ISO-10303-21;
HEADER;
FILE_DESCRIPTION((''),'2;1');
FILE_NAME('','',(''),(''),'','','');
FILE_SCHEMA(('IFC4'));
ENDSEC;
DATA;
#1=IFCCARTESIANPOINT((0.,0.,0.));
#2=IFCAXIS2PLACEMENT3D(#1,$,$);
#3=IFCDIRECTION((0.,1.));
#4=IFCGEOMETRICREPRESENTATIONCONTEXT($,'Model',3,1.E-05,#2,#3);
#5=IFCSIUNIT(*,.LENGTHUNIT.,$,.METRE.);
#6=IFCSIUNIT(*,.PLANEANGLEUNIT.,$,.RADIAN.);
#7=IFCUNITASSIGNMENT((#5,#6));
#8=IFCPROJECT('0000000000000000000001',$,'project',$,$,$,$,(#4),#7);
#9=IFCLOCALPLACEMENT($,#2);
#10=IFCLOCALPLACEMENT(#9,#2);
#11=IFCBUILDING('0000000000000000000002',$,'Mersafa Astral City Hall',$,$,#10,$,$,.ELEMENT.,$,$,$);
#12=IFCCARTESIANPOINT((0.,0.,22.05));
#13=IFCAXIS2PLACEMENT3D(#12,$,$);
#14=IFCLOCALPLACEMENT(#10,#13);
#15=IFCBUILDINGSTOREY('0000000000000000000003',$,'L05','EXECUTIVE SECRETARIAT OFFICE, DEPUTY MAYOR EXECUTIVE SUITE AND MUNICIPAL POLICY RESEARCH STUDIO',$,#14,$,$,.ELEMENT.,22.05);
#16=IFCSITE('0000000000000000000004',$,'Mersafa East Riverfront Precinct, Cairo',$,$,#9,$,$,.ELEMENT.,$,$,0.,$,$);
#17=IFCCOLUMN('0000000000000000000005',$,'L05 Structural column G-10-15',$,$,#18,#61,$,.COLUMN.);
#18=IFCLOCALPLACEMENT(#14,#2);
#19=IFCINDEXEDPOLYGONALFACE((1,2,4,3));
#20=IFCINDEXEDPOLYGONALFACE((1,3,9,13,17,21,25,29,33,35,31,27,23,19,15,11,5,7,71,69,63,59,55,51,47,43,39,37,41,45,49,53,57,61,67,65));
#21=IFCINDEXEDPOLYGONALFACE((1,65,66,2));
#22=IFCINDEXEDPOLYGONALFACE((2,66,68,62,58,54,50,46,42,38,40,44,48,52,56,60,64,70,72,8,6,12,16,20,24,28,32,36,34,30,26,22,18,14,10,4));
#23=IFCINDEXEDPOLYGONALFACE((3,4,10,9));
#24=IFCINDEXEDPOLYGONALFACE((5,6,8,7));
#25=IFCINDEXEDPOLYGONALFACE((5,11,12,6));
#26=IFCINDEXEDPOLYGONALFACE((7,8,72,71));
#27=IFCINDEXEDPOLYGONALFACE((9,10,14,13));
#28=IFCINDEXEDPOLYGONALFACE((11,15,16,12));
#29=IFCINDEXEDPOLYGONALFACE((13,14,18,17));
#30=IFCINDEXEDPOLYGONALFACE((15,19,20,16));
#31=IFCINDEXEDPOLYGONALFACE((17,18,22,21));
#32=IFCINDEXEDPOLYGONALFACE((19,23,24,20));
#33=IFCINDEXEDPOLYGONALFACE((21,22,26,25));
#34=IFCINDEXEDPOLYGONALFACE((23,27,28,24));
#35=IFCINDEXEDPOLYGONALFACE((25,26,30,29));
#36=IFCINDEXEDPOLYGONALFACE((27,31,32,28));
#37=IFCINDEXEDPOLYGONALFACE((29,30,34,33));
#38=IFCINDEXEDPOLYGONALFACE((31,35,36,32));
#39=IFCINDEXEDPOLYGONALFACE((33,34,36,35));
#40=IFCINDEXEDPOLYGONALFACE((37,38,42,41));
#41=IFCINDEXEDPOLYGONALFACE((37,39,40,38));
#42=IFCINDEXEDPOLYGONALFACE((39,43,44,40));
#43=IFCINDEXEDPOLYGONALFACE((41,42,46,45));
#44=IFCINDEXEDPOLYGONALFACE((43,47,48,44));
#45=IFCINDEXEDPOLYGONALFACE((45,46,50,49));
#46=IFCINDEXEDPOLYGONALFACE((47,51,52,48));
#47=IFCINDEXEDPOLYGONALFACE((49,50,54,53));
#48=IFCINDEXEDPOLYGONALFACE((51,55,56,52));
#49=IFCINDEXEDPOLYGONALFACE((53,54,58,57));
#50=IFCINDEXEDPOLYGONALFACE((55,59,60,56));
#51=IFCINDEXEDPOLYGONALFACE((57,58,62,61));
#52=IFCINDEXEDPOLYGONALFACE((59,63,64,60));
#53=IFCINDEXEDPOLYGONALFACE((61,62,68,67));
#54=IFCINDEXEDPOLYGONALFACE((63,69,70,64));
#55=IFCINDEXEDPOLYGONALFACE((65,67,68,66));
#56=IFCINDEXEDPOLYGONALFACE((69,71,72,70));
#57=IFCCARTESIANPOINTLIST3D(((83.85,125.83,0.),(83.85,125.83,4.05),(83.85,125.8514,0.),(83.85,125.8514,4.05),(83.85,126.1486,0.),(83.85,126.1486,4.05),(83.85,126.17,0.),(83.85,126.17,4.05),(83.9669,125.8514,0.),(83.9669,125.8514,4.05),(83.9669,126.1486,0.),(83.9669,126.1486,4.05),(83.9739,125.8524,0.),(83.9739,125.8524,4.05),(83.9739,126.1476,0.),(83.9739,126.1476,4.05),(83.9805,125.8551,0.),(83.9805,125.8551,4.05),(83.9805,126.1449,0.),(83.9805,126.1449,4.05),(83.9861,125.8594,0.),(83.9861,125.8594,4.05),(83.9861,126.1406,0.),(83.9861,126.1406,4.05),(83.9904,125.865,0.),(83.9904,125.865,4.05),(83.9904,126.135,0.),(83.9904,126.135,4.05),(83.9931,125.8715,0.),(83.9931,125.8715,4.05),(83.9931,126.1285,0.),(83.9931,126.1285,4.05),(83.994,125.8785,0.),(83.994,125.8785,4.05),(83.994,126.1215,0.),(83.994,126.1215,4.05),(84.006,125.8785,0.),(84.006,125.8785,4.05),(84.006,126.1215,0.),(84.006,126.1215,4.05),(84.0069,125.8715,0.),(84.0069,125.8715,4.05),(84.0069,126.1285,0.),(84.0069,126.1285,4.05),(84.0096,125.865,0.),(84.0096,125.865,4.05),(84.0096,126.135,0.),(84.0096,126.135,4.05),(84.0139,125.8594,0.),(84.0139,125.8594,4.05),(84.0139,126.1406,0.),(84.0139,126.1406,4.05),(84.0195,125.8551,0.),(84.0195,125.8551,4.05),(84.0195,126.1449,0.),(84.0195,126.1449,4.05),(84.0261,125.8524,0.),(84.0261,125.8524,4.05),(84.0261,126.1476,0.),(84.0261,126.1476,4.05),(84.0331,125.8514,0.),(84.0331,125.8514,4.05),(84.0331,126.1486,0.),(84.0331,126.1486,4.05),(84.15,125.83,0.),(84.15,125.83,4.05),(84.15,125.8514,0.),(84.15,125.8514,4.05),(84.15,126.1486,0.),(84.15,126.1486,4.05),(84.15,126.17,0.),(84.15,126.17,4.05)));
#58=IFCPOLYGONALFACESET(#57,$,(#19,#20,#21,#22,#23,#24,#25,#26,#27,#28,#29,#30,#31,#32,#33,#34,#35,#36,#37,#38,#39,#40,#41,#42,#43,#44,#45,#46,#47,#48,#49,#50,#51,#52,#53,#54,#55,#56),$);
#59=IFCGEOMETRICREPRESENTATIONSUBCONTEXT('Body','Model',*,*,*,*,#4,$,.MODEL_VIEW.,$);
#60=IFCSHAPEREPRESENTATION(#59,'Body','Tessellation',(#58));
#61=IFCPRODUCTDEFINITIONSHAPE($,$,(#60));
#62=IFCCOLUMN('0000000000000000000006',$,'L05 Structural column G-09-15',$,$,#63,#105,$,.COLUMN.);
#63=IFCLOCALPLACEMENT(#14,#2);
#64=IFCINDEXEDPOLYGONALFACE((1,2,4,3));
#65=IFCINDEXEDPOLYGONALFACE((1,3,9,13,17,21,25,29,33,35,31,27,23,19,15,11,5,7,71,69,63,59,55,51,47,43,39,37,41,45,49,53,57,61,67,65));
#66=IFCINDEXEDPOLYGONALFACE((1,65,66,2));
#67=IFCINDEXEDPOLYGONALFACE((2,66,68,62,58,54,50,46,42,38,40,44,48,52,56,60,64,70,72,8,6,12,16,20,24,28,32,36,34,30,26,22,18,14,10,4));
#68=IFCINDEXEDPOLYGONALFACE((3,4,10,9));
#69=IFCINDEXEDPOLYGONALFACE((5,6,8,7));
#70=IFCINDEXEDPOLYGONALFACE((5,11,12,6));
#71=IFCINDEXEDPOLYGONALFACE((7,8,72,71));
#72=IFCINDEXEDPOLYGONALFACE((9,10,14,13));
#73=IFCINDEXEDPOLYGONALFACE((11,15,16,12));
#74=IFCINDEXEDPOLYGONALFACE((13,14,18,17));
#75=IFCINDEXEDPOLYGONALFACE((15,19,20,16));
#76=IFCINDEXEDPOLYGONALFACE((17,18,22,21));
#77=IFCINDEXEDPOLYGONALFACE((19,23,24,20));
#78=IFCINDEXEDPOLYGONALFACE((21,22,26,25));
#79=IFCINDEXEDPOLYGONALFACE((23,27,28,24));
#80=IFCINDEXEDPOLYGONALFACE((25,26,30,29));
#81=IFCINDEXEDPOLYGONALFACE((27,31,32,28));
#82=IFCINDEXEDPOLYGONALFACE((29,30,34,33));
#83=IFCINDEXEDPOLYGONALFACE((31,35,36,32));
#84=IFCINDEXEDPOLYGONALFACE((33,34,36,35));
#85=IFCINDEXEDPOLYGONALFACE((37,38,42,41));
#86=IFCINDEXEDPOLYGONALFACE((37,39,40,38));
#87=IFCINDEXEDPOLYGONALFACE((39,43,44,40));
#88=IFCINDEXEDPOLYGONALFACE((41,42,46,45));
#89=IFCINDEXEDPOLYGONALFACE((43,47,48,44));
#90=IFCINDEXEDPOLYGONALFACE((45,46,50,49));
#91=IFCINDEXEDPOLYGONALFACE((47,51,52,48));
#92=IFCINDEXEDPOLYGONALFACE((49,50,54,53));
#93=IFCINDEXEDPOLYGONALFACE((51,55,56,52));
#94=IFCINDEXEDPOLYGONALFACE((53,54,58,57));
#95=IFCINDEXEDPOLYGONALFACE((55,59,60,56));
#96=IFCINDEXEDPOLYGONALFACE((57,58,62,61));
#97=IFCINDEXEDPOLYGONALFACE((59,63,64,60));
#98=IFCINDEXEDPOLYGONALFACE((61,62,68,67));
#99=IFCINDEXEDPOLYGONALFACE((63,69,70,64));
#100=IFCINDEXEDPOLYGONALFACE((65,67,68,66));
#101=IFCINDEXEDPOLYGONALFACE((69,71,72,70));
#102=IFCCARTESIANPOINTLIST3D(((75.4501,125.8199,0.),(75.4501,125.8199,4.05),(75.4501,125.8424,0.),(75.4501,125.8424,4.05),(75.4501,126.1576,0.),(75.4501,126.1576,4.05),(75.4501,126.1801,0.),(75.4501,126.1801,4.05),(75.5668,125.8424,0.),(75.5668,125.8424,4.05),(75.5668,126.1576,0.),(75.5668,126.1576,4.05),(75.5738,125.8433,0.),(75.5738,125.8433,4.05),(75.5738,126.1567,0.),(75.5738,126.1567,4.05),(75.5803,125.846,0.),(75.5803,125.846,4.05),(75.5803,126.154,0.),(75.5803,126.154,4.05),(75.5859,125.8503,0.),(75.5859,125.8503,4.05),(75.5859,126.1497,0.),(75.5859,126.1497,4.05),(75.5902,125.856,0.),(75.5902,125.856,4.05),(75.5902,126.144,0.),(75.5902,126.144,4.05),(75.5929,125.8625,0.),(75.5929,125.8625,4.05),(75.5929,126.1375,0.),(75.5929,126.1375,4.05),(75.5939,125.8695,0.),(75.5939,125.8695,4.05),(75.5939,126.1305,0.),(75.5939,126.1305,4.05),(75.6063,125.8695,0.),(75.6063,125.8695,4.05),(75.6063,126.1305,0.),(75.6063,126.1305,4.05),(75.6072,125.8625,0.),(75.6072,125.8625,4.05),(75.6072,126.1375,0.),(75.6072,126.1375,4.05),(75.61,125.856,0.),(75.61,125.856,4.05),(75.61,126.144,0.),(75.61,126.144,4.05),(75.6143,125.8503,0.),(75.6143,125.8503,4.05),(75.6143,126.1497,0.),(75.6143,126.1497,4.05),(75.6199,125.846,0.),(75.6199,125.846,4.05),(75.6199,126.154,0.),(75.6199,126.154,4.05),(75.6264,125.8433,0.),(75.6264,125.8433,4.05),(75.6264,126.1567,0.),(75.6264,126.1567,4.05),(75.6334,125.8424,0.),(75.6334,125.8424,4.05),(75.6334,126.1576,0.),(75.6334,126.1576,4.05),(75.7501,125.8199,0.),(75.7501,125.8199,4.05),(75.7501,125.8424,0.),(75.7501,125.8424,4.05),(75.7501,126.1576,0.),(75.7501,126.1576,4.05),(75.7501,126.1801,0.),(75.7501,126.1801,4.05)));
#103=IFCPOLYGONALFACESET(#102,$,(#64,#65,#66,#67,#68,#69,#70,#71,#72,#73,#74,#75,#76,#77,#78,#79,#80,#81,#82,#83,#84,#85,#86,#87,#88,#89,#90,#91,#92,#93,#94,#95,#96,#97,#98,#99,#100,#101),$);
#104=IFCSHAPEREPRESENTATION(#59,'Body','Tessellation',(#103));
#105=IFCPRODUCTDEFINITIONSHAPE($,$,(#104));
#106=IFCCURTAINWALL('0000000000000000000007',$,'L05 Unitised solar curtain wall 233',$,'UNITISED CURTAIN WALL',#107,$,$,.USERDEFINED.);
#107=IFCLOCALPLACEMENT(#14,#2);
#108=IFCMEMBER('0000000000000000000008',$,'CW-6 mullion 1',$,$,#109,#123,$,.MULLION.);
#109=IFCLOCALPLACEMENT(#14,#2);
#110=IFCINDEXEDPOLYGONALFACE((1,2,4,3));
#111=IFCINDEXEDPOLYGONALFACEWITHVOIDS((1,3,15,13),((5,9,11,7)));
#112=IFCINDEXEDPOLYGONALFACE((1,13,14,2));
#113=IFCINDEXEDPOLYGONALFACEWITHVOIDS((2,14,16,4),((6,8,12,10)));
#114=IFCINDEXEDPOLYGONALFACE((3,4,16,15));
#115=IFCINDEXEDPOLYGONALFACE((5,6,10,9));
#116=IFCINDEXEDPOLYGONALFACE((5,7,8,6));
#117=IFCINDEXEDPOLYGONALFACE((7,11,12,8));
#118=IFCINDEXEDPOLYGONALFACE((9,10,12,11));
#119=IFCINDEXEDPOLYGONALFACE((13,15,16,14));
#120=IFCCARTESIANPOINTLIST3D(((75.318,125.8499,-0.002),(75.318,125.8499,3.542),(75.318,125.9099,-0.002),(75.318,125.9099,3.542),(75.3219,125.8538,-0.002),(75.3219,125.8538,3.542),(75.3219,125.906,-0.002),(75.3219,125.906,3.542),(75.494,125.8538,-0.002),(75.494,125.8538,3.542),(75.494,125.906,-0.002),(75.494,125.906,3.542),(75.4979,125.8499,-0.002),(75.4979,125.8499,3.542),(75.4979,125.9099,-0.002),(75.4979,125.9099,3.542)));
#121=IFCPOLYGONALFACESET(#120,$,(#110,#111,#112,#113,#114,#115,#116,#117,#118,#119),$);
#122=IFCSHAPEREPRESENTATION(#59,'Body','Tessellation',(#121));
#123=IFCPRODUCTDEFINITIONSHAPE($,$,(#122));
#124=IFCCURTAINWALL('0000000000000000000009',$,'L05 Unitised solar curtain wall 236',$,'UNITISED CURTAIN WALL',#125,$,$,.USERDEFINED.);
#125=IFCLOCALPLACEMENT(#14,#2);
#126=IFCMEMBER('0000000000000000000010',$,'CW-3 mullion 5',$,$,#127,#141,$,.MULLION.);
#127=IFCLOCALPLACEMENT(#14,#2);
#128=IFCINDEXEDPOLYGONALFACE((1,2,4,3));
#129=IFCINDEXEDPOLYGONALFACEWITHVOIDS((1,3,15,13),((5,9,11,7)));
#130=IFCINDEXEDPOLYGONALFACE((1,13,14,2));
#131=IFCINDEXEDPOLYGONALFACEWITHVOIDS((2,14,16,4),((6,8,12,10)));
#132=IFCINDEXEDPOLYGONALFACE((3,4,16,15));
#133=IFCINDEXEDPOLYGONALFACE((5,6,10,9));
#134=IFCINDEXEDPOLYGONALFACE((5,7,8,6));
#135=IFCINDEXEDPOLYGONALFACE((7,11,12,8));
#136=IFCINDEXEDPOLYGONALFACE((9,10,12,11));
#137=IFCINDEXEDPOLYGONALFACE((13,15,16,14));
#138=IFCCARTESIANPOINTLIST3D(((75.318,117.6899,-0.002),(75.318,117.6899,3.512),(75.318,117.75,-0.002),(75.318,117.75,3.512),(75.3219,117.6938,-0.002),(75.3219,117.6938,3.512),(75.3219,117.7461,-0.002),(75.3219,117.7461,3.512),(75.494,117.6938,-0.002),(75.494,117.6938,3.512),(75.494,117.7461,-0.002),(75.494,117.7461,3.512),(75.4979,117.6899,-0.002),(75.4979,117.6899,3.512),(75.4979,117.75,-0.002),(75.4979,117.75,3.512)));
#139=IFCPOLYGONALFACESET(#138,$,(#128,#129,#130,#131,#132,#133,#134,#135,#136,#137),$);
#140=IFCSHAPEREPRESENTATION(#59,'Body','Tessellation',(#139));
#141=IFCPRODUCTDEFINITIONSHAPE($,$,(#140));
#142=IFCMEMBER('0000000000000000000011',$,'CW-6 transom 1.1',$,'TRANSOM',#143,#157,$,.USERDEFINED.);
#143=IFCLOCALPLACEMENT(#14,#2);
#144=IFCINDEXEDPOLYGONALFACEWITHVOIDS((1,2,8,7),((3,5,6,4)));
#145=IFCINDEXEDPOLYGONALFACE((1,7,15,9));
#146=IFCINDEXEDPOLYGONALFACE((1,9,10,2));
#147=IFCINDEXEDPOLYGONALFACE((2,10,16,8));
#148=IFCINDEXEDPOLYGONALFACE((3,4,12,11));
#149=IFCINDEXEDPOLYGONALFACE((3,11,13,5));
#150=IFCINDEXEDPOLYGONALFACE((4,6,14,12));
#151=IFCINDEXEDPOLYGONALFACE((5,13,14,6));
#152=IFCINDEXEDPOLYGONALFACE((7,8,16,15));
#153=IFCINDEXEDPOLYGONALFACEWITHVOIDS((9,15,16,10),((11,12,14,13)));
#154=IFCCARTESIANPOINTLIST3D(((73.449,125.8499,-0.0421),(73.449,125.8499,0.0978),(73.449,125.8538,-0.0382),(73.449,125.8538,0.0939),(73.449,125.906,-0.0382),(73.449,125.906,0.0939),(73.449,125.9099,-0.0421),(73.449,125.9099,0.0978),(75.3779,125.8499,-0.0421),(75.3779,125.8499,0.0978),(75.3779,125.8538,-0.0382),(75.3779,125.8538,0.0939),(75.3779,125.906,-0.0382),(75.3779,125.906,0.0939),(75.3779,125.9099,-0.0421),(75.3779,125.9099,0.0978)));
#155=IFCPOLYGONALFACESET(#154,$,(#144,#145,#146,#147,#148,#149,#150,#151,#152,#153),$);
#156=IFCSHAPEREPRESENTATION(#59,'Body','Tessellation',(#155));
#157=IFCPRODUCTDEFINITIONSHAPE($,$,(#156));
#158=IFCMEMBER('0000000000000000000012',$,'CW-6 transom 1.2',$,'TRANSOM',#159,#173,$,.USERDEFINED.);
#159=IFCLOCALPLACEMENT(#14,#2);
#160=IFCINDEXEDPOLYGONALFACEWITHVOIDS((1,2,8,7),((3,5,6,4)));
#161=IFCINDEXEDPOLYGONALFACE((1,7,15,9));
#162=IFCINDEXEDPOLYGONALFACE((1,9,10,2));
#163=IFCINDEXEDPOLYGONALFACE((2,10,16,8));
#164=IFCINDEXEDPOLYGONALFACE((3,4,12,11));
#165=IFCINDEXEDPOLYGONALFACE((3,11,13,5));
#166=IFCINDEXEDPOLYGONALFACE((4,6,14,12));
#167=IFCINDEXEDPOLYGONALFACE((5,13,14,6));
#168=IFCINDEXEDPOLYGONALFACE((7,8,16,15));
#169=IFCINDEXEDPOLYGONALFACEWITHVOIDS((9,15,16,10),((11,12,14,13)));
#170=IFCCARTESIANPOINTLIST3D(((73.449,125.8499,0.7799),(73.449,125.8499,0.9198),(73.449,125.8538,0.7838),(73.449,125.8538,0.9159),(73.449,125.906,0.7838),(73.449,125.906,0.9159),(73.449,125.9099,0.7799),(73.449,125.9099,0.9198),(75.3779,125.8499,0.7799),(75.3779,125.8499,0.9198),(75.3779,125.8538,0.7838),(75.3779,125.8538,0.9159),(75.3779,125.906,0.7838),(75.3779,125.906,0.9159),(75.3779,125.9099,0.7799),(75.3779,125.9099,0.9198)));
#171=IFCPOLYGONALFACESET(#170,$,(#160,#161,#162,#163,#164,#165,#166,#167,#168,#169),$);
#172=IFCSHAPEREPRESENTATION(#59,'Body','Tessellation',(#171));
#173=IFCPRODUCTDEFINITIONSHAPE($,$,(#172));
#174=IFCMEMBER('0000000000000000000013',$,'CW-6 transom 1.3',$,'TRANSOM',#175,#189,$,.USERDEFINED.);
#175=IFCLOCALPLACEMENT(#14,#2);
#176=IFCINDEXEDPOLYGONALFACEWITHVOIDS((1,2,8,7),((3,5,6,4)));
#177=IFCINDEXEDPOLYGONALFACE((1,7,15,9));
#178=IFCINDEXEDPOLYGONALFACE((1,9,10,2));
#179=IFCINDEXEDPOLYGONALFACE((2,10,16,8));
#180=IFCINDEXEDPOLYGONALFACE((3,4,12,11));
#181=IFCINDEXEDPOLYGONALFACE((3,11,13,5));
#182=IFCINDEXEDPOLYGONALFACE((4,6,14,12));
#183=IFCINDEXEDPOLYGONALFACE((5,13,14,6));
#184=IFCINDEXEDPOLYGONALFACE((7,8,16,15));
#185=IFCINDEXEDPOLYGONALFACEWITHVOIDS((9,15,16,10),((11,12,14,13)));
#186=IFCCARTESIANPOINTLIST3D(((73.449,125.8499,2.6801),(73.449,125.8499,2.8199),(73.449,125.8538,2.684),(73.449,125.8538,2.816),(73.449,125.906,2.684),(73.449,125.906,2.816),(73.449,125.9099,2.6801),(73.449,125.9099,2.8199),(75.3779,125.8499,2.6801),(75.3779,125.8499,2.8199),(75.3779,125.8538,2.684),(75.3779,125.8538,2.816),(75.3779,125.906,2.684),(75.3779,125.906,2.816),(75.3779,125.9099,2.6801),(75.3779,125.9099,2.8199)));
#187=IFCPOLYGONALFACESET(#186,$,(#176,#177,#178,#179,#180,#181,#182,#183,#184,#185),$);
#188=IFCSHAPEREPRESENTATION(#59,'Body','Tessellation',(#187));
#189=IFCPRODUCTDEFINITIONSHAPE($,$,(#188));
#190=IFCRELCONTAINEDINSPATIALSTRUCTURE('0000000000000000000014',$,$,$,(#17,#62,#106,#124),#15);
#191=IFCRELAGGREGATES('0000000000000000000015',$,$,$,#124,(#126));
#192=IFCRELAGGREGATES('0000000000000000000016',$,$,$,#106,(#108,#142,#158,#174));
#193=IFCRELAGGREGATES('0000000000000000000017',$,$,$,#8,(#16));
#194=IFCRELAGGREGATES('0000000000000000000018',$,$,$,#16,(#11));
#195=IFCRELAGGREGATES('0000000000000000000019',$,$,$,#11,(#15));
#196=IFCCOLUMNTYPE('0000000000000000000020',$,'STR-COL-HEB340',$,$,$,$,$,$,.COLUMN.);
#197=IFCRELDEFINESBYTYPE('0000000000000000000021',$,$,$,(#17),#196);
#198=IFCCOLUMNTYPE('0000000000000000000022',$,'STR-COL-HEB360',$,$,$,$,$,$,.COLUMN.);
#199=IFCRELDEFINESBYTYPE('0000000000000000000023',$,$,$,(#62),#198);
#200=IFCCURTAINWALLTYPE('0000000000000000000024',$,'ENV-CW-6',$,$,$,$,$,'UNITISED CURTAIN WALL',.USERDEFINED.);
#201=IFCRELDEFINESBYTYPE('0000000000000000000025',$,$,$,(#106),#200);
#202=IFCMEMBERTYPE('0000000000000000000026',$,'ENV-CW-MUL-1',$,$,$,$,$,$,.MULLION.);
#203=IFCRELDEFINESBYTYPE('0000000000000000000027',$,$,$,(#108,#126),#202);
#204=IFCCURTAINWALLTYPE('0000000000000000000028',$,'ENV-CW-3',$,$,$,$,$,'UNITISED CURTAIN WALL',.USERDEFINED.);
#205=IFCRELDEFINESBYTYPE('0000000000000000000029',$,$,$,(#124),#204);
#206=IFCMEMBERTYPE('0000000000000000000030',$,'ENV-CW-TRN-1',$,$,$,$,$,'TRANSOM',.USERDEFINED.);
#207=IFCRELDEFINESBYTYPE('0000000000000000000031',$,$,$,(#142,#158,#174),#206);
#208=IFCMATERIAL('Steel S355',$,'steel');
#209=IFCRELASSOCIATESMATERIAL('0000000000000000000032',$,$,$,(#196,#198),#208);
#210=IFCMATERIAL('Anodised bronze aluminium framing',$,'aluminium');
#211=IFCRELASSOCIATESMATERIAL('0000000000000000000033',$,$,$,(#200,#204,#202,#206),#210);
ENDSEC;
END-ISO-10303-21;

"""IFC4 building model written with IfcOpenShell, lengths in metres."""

from ifc_helpers import new_model, si_unit, direction, frame, origin, origin_2d, place, context, subcontext, project, spatial, hollow_rectangle, i_section, extrude, material, material_profile, profile_set, type_object, element, aggregate, save


model = new_model("IFC4")

# Units and contexts
model_context = context("Model", 3, precision=1e-05, world=origin(), true_north=direction((0.0, 1.0)))
body_context = subcontext(model_context, "Body", "Model", "MODEL_VIEW")
ifc_project = project(units=[si_unit("LENGTHUNIT", "METRE"), si_unit("PLANEANGLEUNIT", "RADIAN")], contexts=[model_context])

# Site, building, storey
site_placement = place(None, origin())
site = spatial("IfcSite", under=ifc_project, at=site_placement, Name="Mersafa East Riverfront Precinct, Cairo", CompositionType="ELEMENT", RefElevation=0.0)
building_placement = place(site_placement, origin())
building = spatial("IfcBuilding", under=site, at=building_placement, Name="Mersafa Astral City Hall", CompositionType="ELEMENT")
storey_placement = place(building_placement, frame((0.0, 0.0, 22.05)))
storey = spatial("IfcBuildingStorey", under=building, at=storey_placement, Name="L05", Description="EXECUTIVE SECRETARIAT OFFICE, DEPUTY MAYOR EXECUTIVE SUITE AND MUNICIPAL POLICY RESEARCH STUDIO", CompositionType="ELEMENT", Elevation=22.05)

# Columns
ifc_material_1 = material(Name="Steel S355", Category="steel")
ifc_material_profile_1 = material_profile(ifc_material_1, i_section(OverallWidth=0.3, OverallDepth=0.3401, WebThickness=0.012, FlangeThickness=0.0215, FilletRadius=0.0271, at=origin_2d()), Name="HEB 340")
ifc_profile_set_1 = profile_set([ifc_material_profile_1], Name="Steel S355")
column_type_1 = type_object("IfcColumnType", Name="STR-COL-HEB340", PredefinedType="COLUMN", material=ifc_profile_set_1)
column_1_placement = place(storey_placement, frame((84.0, 126.0, 0.0), z_axis=(0.0, 0.0, 1.0), x_axis=(1.0, 0.0, 0.0)))
element("IfcColumn", 1, at=column_1_placement, inside=storey, type_object=column_type_1, Name="L05 Structural column G-10-15", PredefinedType="COLUMN", context=body_context, shape_type="SweptSolid", body=[
    extrude(i_section(OverallWidth=0.3, OverallDepth=0.3401, WebThickness=0.012, FlangeThickness=0.0215, FilletRadius=0.0271, at=origin_2d()), origin(), (0.0, 0.0, 1.0), 4.05),
])
ifc_material_profile_2 = material_profile(ifc_material_1, i_section(OverallWidth=0.3, OverallDepth=0.3601, WebThickness=0.0125, FlangeThickness=0.0225, FilletRadius=0.0271, at=origin_2d()), Name="HEB 360")
ifc_profile_set_2 = profile_set([ifc_material_profile_2], Name="Steel S355")
column_type_2 = type_object("IfcColumnType", Name="STR-COL-HEB360", PredefinedType="COLUMN", material=ifc_profile_set_2)
column_2_placement = place(storey_placement, frame((75.6001, 126.0, 0.0), z_axis=(0.0, 0.0, 1.0), x_axis=(1.0, 0.0, 0.0)))
element("IfcColumn", 2, at=column_2_placement, inside=storey, type_object=column_type_2, Name="L05 Structural column G-09-15", PredefinedType="COLUMN", context=body_context, shape_type="SweptSolid", body=[
    extrude(i_section(OverallWidth=0.3, OverallDepth=0.3601, WebThickness=0.0125, FlangeThickness=0.0225, FilletRadius=0.0271, at=origin_2d()), origin(), (0.0, 0.0, 1.0), 4.05),
])

# Curtain walls, members
ifc_material_2 = material(Name="Anodised bronze aluminium framing", Category="aluminium")
curtain_wall_type_1 = type_object("IfcCurtainWallType", Name="ENV-CW-6", ElementType="UNITISED CURTAIN WALL", PredefinedType="USERDEFINED", material=ifc_material_2)
curtain_wall_1_placement = place(storey_placement, origin())
curtain_wall_1 = element("IfcCurtainWall", 3, at=curtain_wall_1_placement, inside=storey, type_object=curtain_wall_type_1, Name="L05 Unitised solar curtain wall 233", ObjectType="UNITISED CURTAIN WALL", PredefinedType="USERDEFINED")
ifc_material_profile_3 = material_profile(ifc_material_2, hollow_rectangle(XDim=0.0601, YDim=0.1799, WallThickness=0.0039, at=origin_2d()), Name="RHS 60x180x4")
ifc_profile_set_3 = profile_set([ifc_material_profile_3], Name="Anodised bronze aluminium framing")
member_type_1 = type_object("IfcMemberType", Name="ENV-CW-MUL-1", PredefinedType="MULLION", material=ifc_profile_set_3)
member_1_placement = place(storey_placement, frame((75.408, 125.8799, -0.002), z_axis=(0.0, 0.0, 1.0), x_axis=(0.0, -1.0, 0.0)))
member_1 = element("IfcMember", 4, at=member_1_placement, type_object=member_type_1, Name="CW-6 mullion 1", PredefinedType="MULLION", context=body_context, shape_type="SweptSolid", body=[
    extrude(hollow_rectangle(XDim=0.0601, YDim=0.1799, WallThickness=0.0039, at=origin_2d()), origin(), (0.0, 0.0, 1.0), 3.5439),
])
curtain_wall_type_2 = type_object("IfcCurtainWallType", Name="ENV-CW-3", ElementType="UNITISED CURTAIN WALL", PredefinedType="USERDEFINED", material=ifc_material_2)
curtain_wall_2_placement = place(storey_placement, origin())
curtain_wall_2 = element("IfcCurtainWall", 5, at=curtain_wall_2_placement, inside=storey, type_object=curtain_wall_type_2, Name="L05 Unitised solar curtain wall 236", ObjectType="UNITISED CURTAIN WALL", PredefinedType="USERDEFINED")
member_2_placement = place(storey_placement, frame((75.408, 117.72, -0.002), z_axis=(0.0, 0.0, 1.0), x_axis=(0.0, 1.0, 0.0)))
member_2 = element("IfcMember", 6, at=member_2_placement, type_object=member_type_1, Name="CW-3 mullion 5", PredefinedType="MULLION", context=body_context, shape_type="SweptSolid", body=[
    extrude(hollow_rectangle(XDim=0.0601, YDim=0.1799, WallThickness=0.0039, at=origin_2d()), origin(), (0.0, 0.0, 1.0), 3.5139),
])

# Members
ifc_material_profile_4 = material_profile(ifc_material_2, hollow_rectangle(XDim=0.0601, YDim=0.1399, WallThickness=0.0039, at=origin_2d()), Name="RHS 60x140x4")
ifc_profile_set_4 = profile_set([ifc_material_profile_4], Name="Anodised bronze aluminium framing")
member_type_2 = type_object("IfcMemberType", Name="ENV-CW-TRN-1", ElementType="TRANSOM", PredefinedType="USERDEFINED", material=ifc_profile_set_4)
member_3_placement = place(storey_placement, frame((75.3779, 125.8799, 0.0278), z_axis=(-1.0, 0.0, 0.0), x_axis=(0.0, -1.0, 0.0)))
member_3 = element("IfcMember", 7, at=member_3_placement, type_object=member_type_2, Name="CW-6 transom 1.1", ObjectType="TRANSOM", PredefinedType="USERDEFINED", context=body_context, shape_type="SweptSolid", body=[
    extrude(hollow_rectangle(XDim=0.0601, YDim=0.1399, WallThickness=0.0039, at=origin_2d()), origin(), (0.0, 0.0, 1.0), 1.929),
])
member_4_placement = place(storey_placement, frame((75.3779, 125.8799, 0.8499), z_axis=(-1.0, 0.0, 0.0), x_axis=(0.0, -1.0, 0.0)))
member_4 = element("IfcMember", 8, at=member_4_placement, type_object=member_type_2, Name="CW-6 transom 1.2", ObjectType="TRANSOM", PredefinedType="USERDEFINED", context=body_context, shape_type="SweptSolid", body=[
    extrude(hollow_rectangle(XDim=0.0601, YDim=0.1399, WallThickness=0.0039, at=origin_2d()), origin(), (0.0, 0.0, 1.0), 1.929),
])
member_5_placement = place(storey_placement, frame((75.3779, 125.8799, 2.75), z_axis=(-1.0, 0.0, 0.0), x_axis=(0.0, -1.0, 0.0)))
member_5 = element("IfcMember", 9, at=member_5_placement, type_object=member_type_2, Name="CW-6 transom 1.3", ObjectType="TRANSOM", PredefinedType="USERDEFINED", context=body_context, shape_type="SweptSolid", body=[
    extrude(hollow_rectangle(XDim=0.0601, YDim=0.1399, WallThickness=0.0039, at=origin_2d()), origin(), (0.0, 0.0, 1.0), 1.929),
])

aggregate(curtain_wall_2, [member_2])
aggregate(curtain_wall_1, [member_1, member_3, member_4, member_5])

save(model, "model.ifc")
